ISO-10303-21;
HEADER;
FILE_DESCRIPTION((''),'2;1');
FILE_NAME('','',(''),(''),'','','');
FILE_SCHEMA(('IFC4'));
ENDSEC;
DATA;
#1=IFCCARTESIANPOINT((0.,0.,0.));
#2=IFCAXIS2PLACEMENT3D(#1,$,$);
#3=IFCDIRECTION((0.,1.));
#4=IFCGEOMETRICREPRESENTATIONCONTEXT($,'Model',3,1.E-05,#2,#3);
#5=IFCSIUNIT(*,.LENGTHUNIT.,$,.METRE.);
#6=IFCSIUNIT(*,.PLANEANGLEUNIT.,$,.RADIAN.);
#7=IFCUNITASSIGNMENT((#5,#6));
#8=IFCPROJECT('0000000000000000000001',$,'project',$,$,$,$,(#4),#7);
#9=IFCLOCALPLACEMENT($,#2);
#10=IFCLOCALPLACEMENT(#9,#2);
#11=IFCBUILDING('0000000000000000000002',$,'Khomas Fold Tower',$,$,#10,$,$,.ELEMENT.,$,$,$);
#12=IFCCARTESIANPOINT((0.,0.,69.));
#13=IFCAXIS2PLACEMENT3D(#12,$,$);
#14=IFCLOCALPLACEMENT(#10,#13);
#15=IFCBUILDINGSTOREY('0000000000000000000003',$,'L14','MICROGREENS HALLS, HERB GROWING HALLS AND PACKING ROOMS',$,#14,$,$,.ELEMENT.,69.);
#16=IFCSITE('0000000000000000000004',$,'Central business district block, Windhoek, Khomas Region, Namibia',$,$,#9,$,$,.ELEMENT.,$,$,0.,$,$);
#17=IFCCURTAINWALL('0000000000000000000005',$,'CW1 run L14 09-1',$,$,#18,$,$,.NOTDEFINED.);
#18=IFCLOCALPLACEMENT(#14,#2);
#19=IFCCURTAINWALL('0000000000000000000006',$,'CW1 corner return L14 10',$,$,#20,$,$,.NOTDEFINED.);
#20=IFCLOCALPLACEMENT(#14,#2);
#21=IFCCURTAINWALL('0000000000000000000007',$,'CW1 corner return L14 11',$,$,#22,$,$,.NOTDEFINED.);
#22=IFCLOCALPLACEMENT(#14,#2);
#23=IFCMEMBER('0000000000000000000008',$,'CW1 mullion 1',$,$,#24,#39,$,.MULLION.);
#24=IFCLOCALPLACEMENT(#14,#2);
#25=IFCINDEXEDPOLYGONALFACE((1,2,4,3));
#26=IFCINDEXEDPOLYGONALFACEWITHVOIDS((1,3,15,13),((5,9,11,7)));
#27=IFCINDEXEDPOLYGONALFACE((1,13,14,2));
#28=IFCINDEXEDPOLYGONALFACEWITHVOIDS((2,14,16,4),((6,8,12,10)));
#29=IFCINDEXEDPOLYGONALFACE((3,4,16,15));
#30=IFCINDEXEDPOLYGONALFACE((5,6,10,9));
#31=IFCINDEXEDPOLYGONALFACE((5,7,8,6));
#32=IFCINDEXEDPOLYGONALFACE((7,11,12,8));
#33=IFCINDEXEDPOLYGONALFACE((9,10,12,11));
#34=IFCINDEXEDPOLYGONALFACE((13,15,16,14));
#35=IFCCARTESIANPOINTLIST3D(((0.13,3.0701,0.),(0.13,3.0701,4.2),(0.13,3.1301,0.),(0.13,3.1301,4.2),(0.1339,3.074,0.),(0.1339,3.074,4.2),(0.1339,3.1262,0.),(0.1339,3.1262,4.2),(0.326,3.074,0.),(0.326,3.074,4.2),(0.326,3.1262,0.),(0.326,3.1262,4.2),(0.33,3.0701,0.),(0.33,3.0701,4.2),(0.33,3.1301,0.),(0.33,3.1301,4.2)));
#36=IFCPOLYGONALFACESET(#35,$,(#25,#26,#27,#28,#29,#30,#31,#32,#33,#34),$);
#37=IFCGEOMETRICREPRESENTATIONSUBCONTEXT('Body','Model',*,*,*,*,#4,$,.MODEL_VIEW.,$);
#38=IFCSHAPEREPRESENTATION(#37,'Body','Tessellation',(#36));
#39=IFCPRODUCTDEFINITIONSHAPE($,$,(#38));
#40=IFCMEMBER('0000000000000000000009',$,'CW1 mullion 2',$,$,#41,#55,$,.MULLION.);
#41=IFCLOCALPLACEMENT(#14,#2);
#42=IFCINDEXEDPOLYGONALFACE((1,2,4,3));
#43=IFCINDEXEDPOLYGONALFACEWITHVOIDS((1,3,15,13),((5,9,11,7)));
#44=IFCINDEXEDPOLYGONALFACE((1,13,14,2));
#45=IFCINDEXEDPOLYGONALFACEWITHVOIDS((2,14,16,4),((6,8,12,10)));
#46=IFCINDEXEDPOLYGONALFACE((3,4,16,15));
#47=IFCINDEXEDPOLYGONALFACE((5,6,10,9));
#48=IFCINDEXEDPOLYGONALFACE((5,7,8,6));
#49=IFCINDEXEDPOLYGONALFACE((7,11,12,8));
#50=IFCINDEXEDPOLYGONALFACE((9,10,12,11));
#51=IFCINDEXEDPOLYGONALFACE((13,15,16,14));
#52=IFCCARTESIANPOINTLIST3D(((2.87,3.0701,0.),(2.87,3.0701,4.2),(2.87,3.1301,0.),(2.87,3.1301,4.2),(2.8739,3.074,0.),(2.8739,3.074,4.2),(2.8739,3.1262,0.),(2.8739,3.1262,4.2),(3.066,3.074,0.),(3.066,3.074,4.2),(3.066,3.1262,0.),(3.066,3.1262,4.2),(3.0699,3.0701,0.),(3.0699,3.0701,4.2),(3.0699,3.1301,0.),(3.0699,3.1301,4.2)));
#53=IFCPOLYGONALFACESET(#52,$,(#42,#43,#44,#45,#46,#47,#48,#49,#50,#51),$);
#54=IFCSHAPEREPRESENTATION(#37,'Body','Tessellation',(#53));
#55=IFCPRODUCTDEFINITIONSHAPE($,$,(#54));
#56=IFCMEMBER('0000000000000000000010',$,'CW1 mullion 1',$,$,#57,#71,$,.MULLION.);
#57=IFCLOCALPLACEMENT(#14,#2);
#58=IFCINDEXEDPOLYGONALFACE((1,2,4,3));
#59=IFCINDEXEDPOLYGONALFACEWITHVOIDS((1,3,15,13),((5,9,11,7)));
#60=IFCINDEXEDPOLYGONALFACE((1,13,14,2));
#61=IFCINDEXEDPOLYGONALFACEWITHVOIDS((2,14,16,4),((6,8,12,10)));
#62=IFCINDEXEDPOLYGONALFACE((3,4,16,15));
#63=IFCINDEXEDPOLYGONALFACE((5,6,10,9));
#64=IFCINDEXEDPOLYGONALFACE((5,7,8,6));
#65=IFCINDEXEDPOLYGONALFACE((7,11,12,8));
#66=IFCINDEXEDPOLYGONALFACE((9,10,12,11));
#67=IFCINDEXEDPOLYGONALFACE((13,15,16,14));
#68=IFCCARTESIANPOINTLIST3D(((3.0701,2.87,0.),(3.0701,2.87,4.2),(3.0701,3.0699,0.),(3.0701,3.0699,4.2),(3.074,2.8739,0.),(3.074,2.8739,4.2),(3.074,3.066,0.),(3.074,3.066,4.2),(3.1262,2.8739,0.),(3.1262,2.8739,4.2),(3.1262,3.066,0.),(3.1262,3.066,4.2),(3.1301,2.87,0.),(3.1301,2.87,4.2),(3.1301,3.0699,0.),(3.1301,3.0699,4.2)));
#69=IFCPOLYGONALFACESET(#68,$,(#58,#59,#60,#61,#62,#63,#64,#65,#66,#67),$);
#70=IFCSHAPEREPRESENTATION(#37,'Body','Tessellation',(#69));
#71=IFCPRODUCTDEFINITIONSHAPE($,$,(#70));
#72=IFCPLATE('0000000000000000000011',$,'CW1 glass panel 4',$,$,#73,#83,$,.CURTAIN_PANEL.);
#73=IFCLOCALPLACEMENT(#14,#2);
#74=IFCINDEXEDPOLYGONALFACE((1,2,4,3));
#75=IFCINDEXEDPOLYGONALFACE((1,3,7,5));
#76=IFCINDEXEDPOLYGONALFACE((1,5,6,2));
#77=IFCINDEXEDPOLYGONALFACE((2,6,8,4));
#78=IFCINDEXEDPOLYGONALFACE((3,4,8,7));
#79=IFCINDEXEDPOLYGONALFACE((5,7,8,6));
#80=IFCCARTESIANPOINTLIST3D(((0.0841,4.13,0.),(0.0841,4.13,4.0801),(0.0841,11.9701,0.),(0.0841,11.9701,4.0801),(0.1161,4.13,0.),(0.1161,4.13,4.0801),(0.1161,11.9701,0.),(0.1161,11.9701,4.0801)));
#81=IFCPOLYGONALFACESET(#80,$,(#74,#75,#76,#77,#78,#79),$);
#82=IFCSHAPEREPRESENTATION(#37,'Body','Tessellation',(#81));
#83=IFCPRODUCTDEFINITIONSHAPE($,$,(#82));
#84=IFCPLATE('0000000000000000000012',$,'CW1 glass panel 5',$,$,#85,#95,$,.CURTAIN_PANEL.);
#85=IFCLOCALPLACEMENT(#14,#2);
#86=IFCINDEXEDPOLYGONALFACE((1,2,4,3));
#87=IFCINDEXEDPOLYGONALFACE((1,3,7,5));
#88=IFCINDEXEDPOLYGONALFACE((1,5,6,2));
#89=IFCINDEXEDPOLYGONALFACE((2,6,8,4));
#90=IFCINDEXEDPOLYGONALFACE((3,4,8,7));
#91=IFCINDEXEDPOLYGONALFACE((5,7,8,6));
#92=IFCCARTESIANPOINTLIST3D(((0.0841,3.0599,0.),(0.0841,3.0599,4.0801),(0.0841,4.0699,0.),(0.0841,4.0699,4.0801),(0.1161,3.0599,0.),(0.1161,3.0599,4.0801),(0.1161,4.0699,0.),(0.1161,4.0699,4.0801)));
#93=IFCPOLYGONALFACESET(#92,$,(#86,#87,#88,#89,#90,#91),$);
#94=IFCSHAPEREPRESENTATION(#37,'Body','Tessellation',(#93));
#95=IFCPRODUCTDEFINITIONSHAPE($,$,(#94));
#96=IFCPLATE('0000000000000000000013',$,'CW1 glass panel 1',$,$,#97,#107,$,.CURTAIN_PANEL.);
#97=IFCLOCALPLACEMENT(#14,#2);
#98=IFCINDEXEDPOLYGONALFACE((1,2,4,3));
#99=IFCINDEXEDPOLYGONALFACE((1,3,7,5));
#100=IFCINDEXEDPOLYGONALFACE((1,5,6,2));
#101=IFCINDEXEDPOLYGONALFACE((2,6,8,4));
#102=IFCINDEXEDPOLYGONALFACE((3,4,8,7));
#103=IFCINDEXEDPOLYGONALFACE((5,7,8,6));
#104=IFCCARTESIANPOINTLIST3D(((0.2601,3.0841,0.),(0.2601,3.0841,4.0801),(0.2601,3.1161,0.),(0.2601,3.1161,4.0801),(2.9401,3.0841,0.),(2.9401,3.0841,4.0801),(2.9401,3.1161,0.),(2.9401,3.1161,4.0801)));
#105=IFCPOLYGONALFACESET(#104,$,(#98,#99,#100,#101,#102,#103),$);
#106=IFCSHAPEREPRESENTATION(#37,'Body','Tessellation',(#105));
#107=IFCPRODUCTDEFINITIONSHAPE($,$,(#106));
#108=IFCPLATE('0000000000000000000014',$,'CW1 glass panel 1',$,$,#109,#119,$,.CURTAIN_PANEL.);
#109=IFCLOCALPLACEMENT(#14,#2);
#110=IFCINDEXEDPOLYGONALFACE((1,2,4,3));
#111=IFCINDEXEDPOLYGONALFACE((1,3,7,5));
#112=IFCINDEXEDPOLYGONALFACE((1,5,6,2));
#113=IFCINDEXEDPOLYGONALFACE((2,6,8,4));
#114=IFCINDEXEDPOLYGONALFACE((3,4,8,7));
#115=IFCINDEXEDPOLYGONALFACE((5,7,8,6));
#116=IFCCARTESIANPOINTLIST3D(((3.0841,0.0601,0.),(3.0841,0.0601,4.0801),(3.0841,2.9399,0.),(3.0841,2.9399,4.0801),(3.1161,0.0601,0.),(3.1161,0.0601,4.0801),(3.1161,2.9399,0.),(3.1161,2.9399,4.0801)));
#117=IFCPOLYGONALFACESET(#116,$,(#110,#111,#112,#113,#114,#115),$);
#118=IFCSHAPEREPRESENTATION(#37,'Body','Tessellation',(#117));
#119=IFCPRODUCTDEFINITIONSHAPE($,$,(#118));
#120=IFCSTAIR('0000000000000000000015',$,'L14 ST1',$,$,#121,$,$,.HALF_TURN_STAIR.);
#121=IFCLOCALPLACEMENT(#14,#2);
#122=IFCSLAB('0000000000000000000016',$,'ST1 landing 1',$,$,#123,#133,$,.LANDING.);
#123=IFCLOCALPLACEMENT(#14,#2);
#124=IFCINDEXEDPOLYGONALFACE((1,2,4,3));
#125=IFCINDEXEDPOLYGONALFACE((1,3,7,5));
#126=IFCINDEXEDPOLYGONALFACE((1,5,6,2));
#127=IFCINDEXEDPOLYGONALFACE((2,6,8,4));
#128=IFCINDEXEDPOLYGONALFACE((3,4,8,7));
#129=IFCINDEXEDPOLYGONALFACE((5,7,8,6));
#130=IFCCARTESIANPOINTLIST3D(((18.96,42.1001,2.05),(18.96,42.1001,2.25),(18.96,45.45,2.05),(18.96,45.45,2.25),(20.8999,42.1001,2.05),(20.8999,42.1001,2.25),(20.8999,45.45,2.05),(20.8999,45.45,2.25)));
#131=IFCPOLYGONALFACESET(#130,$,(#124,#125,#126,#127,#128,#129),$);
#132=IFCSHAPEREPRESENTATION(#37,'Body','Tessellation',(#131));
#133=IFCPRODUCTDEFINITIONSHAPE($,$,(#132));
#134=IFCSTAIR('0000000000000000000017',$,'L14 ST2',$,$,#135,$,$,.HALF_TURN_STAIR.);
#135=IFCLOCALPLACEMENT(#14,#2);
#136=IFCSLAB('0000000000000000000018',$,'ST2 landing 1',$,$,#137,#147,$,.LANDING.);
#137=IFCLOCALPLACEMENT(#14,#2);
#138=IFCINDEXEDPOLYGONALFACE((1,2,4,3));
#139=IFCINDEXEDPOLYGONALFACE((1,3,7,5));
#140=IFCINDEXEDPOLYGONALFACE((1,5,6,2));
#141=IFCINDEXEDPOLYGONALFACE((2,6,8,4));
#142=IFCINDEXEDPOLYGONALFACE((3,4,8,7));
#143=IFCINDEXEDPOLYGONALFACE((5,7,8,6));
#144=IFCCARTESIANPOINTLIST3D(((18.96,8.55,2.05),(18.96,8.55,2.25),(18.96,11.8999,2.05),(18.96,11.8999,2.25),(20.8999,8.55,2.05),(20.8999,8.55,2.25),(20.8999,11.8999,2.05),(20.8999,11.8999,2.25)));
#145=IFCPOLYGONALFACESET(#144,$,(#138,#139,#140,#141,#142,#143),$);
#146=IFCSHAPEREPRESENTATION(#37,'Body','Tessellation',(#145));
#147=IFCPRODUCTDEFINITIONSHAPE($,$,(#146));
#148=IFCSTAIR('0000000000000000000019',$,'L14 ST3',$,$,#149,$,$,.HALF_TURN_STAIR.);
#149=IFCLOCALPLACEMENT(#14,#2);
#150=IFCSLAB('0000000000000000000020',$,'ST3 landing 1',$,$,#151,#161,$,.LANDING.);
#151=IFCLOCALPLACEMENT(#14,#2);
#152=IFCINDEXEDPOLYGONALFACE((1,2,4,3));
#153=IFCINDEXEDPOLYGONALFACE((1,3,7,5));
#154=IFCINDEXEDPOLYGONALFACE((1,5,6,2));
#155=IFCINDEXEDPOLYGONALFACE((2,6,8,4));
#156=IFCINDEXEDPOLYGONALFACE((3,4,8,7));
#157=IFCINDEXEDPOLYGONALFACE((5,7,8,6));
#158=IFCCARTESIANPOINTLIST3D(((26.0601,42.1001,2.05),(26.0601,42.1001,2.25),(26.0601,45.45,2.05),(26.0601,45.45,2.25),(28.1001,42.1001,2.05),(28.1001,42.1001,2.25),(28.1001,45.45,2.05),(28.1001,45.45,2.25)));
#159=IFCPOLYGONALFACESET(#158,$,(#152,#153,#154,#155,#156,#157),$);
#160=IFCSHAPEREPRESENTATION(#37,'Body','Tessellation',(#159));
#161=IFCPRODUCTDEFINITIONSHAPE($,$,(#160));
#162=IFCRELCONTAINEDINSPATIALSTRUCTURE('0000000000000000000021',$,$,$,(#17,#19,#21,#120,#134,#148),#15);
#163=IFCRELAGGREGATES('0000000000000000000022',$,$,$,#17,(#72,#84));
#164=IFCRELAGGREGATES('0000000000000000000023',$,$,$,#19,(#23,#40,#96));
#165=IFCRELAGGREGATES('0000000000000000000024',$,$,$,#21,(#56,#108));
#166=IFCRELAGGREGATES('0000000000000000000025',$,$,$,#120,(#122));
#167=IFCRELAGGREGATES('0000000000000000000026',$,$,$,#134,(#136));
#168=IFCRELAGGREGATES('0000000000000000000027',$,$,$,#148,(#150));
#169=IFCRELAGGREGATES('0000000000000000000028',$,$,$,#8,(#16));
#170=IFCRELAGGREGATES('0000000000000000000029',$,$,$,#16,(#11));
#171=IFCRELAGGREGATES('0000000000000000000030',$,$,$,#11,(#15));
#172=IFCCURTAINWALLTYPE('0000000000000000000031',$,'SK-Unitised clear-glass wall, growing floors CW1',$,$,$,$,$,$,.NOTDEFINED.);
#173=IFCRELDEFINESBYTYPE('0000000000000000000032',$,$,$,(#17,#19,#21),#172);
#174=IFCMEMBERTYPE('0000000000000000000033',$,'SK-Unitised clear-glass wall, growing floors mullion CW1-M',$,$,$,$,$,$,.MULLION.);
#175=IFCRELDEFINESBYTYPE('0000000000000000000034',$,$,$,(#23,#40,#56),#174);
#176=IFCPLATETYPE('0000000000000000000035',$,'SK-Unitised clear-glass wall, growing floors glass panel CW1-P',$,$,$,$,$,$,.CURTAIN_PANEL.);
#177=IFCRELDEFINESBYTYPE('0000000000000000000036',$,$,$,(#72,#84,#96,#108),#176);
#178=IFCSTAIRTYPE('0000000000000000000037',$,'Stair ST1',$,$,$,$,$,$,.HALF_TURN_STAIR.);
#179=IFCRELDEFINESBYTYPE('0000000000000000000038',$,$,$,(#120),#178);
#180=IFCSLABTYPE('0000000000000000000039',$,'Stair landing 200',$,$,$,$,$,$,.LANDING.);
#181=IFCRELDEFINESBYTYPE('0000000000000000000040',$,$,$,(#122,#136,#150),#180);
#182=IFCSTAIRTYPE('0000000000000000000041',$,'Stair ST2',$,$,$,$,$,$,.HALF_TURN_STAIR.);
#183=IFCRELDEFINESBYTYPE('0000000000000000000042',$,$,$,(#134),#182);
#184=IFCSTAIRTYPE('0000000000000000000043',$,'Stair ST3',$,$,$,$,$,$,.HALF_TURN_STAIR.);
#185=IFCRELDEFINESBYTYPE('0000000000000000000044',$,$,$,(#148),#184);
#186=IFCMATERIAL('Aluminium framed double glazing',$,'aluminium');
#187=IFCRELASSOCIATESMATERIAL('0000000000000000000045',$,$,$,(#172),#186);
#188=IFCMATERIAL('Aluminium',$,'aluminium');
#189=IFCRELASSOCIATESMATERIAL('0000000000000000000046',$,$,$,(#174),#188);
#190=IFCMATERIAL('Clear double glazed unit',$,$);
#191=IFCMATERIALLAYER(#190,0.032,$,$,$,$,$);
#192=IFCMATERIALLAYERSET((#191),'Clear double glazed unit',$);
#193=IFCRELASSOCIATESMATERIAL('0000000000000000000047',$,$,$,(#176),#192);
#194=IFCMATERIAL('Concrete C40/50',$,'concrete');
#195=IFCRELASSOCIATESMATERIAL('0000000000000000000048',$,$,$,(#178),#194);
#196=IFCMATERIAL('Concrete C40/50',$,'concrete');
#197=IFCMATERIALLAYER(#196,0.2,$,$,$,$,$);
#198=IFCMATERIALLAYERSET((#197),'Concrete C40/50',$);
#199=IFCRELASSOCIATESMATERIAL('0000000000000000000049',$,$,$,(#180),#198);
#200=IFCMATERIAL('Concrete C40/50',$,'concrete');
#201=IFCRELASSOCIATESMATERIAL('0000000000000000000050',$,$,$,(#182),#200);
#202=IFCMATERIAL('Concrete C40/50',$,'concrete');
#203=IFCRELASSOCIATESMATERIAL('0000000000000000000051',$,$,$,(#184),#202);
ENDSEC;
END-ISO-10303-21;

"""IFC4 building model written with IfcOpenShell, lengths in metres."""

from ifc_helpers import new_model, si_unit, direction, frame, origin, origin_2d, place, context, subcontext, project, spatial, polyline, rectangle, hollow_rectangle, outline, extrude, source, transform, mapped, material, layer, layer_set, material_profile, profile_set, type_object, element, aggregate, save


model = new_model("IFC4")

# Units and contexts
model_context = context("Model", 3, precision=1e-05, world=origin(), true_north=direction((0.0, 1.0)))
body_context = subcontext(model_context, "Body", "Model", "MODEL_VIEW")
ifc_project = project(units=[si_unit("LENGTHUNIT", "METRE"), si_unit("PLANEANGLEUNIT", "RADIAN")], contexts=[model_context])

# Site, building, storey
site_placement = place(None, origin())
site = spatial("IfcSite", under=ifc_project, at=site_placement, Name="Central business district block, Windhoek, Khomas Region, Namibia", CompositionType="ELEMENT", RefElevation=0.0)
building_placement = place(site_placement, origin())
building = spatial("IfcBuilding", under=site, at=building_placement, Name="Khomas Fold Tower", CompositionType="ELEMENT")
storey_placement = place(building_placement, frame((0.0, 0.0, 69.0)))
storey = spatial("IfcBuildingStorey", under=building, at=storey_placement, Name="L14", Description="MICROGREENS HALLS, HERB GROWING HALLS AND PACKING ROOMS", CompositionType="ELEMENT", Elevation=69.0)

# Shared definitions
ifc_material_1 = material(Name="Aluminium framed double glazing", Category="aluminium")
curtain_wall_type = type_object("IfcCurtainWallType", Name="SK-Unitised clear-glass wall, growing floors CW1", PredefinedType="NOTDEFINED", material=ifc_material_1)

# Curtain walls
curtain_wall_1_placement = place(storey_placement, origin())
curtain_wall_1 = element("IfcCurtainWall", 1, at=curtain_wall_1_placement, inside=storey, type_object=curtain_wall_type, Name="CW1 run L14 09-1", PredefinedType="NOTDEFINED")
curtain_wall_2_placement = place(storey_placement, origin())
curtain_wall_2 = element("IfcCurtainWall", 2, at=curtain_wall_2_placement, inside=storey, type_object=curtain_wall_type, Name="CW1 corner return L14 10", PredefinedType="NOTDEFINED")
curtain_wall_3_placement = place(storey_placement, origin())
curtain_wall_3 = element("IfcCurtainWall", 3, at=curtain_wall_3_placement, inside=storey, type_object=curtain_wall_type, Name="CW1 corner return L14 11", PredefinedType="NOTDEFINED")

# Members
ifc_material_2 = material(Name="Aluminium", Category="aluminium")
ifc_material_profile_1 = material_profile(ifc_material_2, hollow_rectangle(XDim=0.0601, YDim=0.2, WallThickness=0.0039, at=origin_2d()), Name="SK-Unitised clear-glass wall, growing floors mullion CW1-M")
ifc_profile_set_1 = profile_set([ifc_material_profile_1], Name="Aluminium")
member_type_1 = type_object("IfcMemberType", Name="SK-Unitised clear-glass wall, growing floors mullion CW1-M", PredefinedType="MULLION", material=ifc_profile_set_1)
shared_shape_1 = source(origin(), body_context, "Body", "SweptSolid", [
    extrude(hollow_rectangle(XDim=0.0601, YDim=0.2, WallThickness=0.0039, at=origin_2d()), origin(), (0.0, 0.0, 1.0), 4.2),
])
member_1_placement = place(storey_placement, frame((0.23, 3.1001, 0.0), z_axis=(0.0, 0.0, 1.0), x_axis=(0.0, 1.0, 0.0)))
member_1 = element("IfcMember", 4, at=member_1_placement, type_object=member_type_1, Name="CW1 mullion 1", PredefinedType="MULLION", context=body_context, shape_type="MappedRepresentation", body=[
    mapped(shared_shape_1, transform((0.0, 0.0, 0.0))),
])
member_2_placement = place(storey_placement, frame((2.97, 3.1001, 0.0), z_axis=(0.0, 0.0, 1.0), x_axis=(0.0, 1.0, 0.0)))
member_2 = element("IfcMember", 5, at=member_2_placement, type_object=member_type_1, Name="CW1 mullion 2", PredefinedType="MULLION", context=body_context, shape_type="MappedRepresentation", body=[
    mapped(shared_shape_1, transform((0.0, 0.0, 0.0))),
])
member_3_placement = place(storey_placement, frame((3.1001, 2.97, 0.0), z_axis=(0.0, 0.0, 1.0), x_axis=(1.0, 0.0, 0.0)))
member_3 = element("IfcMember", 6, at=member_3_placement, type_object=member_type_1, Name="CW1 mullion 1", PredefinedType="MULLION", context=body_context, shape_type="MappedRepresentation", body=[
    mapped(shared_shape_1, transform((0.0, 0.0, 0.0))),
])

# Plates
ifc_material_3 = material(Name="Clear double glazed unit")
ifc_layer_1 = layer(ifc_material_3, 0.032)
ifc_layer_set_1 = layer_set([ifc_layer_1], Name="Clear double glazed unit")
plate_type = type_object("IfcPlateType", Name="SK-Unitised clear-glass wall, growing floors glass panel CW1-P", PredefinedType="CURTAIN_PANEL", material=ifc_layer_set_1)
shared_shape_2 = source(origin(), body_context, "Body", "SweptSolid", [
    extrude(rectangle(XDim=7.8401, YDim=0.032, at=origin_2d()), origin(), (0.0, 0.0, 1.0), 4.0801),
])
plate_1_placement = place(storey_placement, frame((0.1001, 8.05, 0.0), z_axis=(0.0, 0.0, 1.0), x_axis=(0.0, -1.0, 0.0)))
plate_1 = element("IfcPlate", 7, at=plate_1_placement, type_object=plate_type, Name="CW1 glass panel 4", PredefinedType="CURTAIN_PANEL", context=body_context, shape_type="MappedRepresentation", body=[
    mapped(shared_shape_2, transform((0.0, 0.0, 0.0))),
])
shared_shape_3 = source(origin(), body_context, "Body", "SweptSolid", [
    extrude(rectangle(XDim=1.01, YDim=0.032, at=origin_2d()), origin(), (0.0, 0.0, 1.0), 4.0801),
])
plate_2_placement = place(storey_placement, frame((0.1001, 3.5649, 0.0), z_axis=(0.0, 0.0, 1.0), x_axis=(0.0, -1.0, 0.0)))
plate_2 = element("IfcPlate", 8, at=plate_2_placement, type_object=plate_type, Name="CW1 glass panel 5", PredefinedType="CURTAIN_PANEL", context=body_context, shape_type="MappedRepresentation", body=[
    mapped(shared_shape_3, transform((0.0, 0.0, 0.0))),
])
aggregate(curtain_wall_1, [plate_1, plate_2])
shared_shape_4 = source(origin(), body_context, "Body", "SweptSolid", [
    extrude(rectangle(XDim=2.6799, YDim=0.032, at=origin_2d()), origin(), (0.0, 0.0, 1.0), 4.0801),
])
plate_3_placement = place(storey_placement, frame((1.6001, 3.1001, 0.0), z_axis=(0.0, 0.0, 1.0), x_axis=(1.0, 0.0, 0.0)))
plate_3 = element("IfcPlate", 9, at=plate_3_placement, type_object=plate_type, Name="CW1 glass panel 1", PredefinedType="CURTAIN_PANEL", context=body_context, shape_type="MappedRepresentation", body=[
    mapped(shared_shape_4, transform((0.0, 0.0, 0.0))),
])
aggregate(curtain_wall_2, [member_1, member_2, plate_3])
shared_shape_5 = source(origin(), body_context, "Body", "SweptSolid", [
    extrude(rectangle(XDim=2.8799, YDim=0.032, at=origin_2d()), origin(), (0.0, 0.0, 1.0), 4.0801),
])
plate_4_placement = place(storey_placement, frame((3.1001, 1.5, 0.0), z_axis=(0.0, 0.0, 1.0), x_axis=(0.0, -1.0, 0.0)))
plate_4 = element("IfcPlate", 10, at=plate_4_placement, type_object=plate_type, Name="CW1 glass panel 1", PredefinedType="CURTAIN_PANEL", context=body_context, shape_type="MappedRepresentation", body=[
    mapped(shared_shape_5, transform((0.0, 0.0, 0.0))),
])
aggregate(curtain_wall_3, [member_3, plate_4])

# Stairs, slabs
ifc_material_4 = material(Name="Concrete C40/50", Category="concrete")
stair_type_1 = type_object("IfcStairType", Name="Stair ST1", PredefinedType="HALF_TURN_STAIR", material=ifc_material_4)
stair_1_placement = place(storey_placement, origin())
stair_1 = element("IfcStair", 11, at=stair_1_placement, inside=storey, type_object=stair_type_1, Name="L14 ST1", PredefinedType="HALF_TURN_STAIR")
ifc_material_5 = material(Name="Concrete C40/50", Category="concrete")
ifc_layer_2 = layer(ifc_material_5, 0.2)
ifc_layer_set_2 = layer_set([ifc_layer_2], Name="Concrete C40/50")
slab_type = type_object("IfcSlabType", Name="Stair landing 200", PredefinedType="LANDING", material=ifc_layer_set_2)
shared_shape_6 = source(origin(), body_context, "Body", "SweptSolid", [
    extrude(outline(polyline([(18.96, 42.1001), (20.8999, 42.1001), (20.8999, 45.45), (18.96, 45.45), (18.96, 42.1001)])), origin(), (0.0, 0.0, 1.0), 0.2),
])
slab_1_placement = place(storey_placement, frame((0.0, 0.0, 2.05)))
slab_1 = element("IfcSlab", 12, at=slab_1_placement, type_object=slab_type, Name="ST1 landing 1", PredefinedType="LANDING", context=body_context, shape_type="MappedRepresentation", body=[
    mapped(shared_shape_6, transform((0.0, 0.0, 0.0))),
])
aggregate(stair_1, [slab_1])
ifc_material_6 = material(Name="Concrete C40/50", Category="concrete")
stair_type_2 = type_object("IfcStairType", Name="Stair ST2", PredefinedType="HALF_TURN_STAIR", material=ifc_material_6)
stair_2_placement = place(storey_placement, origin())
stair_2 = element("IfcStair", 13, at=stair_2_placement, inside=storey, type_object=stair_type_2, Name="L14 ST2", PredefinedType="HALF_TURN_STAIR")
shared_shape_7 = source(origin(), body_context, "Body", "SweptSolid", [
    extrude(outline(polyline([(18.96, 8.55), (20.8999, 8.55), (20.8999, 11.8999), (18.96, 11.8999), (18.96, 8.55)])), origin(), (0.0, 0.0, 1.0), 0.2),
])
slab_2_placement = place(storey_placement, frame((0.0, 0.0, 2.05)))
slab_2 = element("IfcSlab", 14, at=slab_2_placement, type_object=slab_type, Name="ST2 landing 1", PredefinedType="LANDING", context=body_context, shape_type="MappedRepresentation", body=[
    mapped(shared_shape_7, transform((0.0, 0.0, 0.0))),
])
aggregate(stair_2, [slab_2])
ifc_material_7 = material(Name="Concrete C40/50", Category="concrete")
stair_type_3 = type_object("IfcStairType", Name="Stair ST3", PredefinedType="HALF_TURN_STAIR", material=ifc_material_7)
stair_3_placement = place(storey_placement, origin())
stair_3 = element("IfcStair", 15, at=stair_3_placement, inside=storey, type_object=stair_type_3, Name="L14 ST3", PredefinedType="HALF_TURN_STAIR")
shared_shape_8 = source(origin(), body_context, "Body", "SweptSolid", [
    extrude(outline(polyline([(26.0601, 42.1001), (28.1001, 42.1001), (28.1001, 45.45), (26.0601, 45.45), (26.0601, 42.1001)])), origin(), (0.0, 0.0, 1.0), 0.2),
])
slab_3_placement = place(storey_placement, frame((0.0, 0.0, 2.05)))
slab_3 = element("IfcSlab", 16, at=slab_3_placement, type_object=slab_type, Name="ST3 landing 1", PredefinedType="LANDING", context=body_context, shape_type="MappedRepresentation", body=[
    mapped(shared_shape_8, transform((0.0, 0.0, 0.0))),
])
aggregate(stair_3, [slab_3])

save(model, "model.ifc")
